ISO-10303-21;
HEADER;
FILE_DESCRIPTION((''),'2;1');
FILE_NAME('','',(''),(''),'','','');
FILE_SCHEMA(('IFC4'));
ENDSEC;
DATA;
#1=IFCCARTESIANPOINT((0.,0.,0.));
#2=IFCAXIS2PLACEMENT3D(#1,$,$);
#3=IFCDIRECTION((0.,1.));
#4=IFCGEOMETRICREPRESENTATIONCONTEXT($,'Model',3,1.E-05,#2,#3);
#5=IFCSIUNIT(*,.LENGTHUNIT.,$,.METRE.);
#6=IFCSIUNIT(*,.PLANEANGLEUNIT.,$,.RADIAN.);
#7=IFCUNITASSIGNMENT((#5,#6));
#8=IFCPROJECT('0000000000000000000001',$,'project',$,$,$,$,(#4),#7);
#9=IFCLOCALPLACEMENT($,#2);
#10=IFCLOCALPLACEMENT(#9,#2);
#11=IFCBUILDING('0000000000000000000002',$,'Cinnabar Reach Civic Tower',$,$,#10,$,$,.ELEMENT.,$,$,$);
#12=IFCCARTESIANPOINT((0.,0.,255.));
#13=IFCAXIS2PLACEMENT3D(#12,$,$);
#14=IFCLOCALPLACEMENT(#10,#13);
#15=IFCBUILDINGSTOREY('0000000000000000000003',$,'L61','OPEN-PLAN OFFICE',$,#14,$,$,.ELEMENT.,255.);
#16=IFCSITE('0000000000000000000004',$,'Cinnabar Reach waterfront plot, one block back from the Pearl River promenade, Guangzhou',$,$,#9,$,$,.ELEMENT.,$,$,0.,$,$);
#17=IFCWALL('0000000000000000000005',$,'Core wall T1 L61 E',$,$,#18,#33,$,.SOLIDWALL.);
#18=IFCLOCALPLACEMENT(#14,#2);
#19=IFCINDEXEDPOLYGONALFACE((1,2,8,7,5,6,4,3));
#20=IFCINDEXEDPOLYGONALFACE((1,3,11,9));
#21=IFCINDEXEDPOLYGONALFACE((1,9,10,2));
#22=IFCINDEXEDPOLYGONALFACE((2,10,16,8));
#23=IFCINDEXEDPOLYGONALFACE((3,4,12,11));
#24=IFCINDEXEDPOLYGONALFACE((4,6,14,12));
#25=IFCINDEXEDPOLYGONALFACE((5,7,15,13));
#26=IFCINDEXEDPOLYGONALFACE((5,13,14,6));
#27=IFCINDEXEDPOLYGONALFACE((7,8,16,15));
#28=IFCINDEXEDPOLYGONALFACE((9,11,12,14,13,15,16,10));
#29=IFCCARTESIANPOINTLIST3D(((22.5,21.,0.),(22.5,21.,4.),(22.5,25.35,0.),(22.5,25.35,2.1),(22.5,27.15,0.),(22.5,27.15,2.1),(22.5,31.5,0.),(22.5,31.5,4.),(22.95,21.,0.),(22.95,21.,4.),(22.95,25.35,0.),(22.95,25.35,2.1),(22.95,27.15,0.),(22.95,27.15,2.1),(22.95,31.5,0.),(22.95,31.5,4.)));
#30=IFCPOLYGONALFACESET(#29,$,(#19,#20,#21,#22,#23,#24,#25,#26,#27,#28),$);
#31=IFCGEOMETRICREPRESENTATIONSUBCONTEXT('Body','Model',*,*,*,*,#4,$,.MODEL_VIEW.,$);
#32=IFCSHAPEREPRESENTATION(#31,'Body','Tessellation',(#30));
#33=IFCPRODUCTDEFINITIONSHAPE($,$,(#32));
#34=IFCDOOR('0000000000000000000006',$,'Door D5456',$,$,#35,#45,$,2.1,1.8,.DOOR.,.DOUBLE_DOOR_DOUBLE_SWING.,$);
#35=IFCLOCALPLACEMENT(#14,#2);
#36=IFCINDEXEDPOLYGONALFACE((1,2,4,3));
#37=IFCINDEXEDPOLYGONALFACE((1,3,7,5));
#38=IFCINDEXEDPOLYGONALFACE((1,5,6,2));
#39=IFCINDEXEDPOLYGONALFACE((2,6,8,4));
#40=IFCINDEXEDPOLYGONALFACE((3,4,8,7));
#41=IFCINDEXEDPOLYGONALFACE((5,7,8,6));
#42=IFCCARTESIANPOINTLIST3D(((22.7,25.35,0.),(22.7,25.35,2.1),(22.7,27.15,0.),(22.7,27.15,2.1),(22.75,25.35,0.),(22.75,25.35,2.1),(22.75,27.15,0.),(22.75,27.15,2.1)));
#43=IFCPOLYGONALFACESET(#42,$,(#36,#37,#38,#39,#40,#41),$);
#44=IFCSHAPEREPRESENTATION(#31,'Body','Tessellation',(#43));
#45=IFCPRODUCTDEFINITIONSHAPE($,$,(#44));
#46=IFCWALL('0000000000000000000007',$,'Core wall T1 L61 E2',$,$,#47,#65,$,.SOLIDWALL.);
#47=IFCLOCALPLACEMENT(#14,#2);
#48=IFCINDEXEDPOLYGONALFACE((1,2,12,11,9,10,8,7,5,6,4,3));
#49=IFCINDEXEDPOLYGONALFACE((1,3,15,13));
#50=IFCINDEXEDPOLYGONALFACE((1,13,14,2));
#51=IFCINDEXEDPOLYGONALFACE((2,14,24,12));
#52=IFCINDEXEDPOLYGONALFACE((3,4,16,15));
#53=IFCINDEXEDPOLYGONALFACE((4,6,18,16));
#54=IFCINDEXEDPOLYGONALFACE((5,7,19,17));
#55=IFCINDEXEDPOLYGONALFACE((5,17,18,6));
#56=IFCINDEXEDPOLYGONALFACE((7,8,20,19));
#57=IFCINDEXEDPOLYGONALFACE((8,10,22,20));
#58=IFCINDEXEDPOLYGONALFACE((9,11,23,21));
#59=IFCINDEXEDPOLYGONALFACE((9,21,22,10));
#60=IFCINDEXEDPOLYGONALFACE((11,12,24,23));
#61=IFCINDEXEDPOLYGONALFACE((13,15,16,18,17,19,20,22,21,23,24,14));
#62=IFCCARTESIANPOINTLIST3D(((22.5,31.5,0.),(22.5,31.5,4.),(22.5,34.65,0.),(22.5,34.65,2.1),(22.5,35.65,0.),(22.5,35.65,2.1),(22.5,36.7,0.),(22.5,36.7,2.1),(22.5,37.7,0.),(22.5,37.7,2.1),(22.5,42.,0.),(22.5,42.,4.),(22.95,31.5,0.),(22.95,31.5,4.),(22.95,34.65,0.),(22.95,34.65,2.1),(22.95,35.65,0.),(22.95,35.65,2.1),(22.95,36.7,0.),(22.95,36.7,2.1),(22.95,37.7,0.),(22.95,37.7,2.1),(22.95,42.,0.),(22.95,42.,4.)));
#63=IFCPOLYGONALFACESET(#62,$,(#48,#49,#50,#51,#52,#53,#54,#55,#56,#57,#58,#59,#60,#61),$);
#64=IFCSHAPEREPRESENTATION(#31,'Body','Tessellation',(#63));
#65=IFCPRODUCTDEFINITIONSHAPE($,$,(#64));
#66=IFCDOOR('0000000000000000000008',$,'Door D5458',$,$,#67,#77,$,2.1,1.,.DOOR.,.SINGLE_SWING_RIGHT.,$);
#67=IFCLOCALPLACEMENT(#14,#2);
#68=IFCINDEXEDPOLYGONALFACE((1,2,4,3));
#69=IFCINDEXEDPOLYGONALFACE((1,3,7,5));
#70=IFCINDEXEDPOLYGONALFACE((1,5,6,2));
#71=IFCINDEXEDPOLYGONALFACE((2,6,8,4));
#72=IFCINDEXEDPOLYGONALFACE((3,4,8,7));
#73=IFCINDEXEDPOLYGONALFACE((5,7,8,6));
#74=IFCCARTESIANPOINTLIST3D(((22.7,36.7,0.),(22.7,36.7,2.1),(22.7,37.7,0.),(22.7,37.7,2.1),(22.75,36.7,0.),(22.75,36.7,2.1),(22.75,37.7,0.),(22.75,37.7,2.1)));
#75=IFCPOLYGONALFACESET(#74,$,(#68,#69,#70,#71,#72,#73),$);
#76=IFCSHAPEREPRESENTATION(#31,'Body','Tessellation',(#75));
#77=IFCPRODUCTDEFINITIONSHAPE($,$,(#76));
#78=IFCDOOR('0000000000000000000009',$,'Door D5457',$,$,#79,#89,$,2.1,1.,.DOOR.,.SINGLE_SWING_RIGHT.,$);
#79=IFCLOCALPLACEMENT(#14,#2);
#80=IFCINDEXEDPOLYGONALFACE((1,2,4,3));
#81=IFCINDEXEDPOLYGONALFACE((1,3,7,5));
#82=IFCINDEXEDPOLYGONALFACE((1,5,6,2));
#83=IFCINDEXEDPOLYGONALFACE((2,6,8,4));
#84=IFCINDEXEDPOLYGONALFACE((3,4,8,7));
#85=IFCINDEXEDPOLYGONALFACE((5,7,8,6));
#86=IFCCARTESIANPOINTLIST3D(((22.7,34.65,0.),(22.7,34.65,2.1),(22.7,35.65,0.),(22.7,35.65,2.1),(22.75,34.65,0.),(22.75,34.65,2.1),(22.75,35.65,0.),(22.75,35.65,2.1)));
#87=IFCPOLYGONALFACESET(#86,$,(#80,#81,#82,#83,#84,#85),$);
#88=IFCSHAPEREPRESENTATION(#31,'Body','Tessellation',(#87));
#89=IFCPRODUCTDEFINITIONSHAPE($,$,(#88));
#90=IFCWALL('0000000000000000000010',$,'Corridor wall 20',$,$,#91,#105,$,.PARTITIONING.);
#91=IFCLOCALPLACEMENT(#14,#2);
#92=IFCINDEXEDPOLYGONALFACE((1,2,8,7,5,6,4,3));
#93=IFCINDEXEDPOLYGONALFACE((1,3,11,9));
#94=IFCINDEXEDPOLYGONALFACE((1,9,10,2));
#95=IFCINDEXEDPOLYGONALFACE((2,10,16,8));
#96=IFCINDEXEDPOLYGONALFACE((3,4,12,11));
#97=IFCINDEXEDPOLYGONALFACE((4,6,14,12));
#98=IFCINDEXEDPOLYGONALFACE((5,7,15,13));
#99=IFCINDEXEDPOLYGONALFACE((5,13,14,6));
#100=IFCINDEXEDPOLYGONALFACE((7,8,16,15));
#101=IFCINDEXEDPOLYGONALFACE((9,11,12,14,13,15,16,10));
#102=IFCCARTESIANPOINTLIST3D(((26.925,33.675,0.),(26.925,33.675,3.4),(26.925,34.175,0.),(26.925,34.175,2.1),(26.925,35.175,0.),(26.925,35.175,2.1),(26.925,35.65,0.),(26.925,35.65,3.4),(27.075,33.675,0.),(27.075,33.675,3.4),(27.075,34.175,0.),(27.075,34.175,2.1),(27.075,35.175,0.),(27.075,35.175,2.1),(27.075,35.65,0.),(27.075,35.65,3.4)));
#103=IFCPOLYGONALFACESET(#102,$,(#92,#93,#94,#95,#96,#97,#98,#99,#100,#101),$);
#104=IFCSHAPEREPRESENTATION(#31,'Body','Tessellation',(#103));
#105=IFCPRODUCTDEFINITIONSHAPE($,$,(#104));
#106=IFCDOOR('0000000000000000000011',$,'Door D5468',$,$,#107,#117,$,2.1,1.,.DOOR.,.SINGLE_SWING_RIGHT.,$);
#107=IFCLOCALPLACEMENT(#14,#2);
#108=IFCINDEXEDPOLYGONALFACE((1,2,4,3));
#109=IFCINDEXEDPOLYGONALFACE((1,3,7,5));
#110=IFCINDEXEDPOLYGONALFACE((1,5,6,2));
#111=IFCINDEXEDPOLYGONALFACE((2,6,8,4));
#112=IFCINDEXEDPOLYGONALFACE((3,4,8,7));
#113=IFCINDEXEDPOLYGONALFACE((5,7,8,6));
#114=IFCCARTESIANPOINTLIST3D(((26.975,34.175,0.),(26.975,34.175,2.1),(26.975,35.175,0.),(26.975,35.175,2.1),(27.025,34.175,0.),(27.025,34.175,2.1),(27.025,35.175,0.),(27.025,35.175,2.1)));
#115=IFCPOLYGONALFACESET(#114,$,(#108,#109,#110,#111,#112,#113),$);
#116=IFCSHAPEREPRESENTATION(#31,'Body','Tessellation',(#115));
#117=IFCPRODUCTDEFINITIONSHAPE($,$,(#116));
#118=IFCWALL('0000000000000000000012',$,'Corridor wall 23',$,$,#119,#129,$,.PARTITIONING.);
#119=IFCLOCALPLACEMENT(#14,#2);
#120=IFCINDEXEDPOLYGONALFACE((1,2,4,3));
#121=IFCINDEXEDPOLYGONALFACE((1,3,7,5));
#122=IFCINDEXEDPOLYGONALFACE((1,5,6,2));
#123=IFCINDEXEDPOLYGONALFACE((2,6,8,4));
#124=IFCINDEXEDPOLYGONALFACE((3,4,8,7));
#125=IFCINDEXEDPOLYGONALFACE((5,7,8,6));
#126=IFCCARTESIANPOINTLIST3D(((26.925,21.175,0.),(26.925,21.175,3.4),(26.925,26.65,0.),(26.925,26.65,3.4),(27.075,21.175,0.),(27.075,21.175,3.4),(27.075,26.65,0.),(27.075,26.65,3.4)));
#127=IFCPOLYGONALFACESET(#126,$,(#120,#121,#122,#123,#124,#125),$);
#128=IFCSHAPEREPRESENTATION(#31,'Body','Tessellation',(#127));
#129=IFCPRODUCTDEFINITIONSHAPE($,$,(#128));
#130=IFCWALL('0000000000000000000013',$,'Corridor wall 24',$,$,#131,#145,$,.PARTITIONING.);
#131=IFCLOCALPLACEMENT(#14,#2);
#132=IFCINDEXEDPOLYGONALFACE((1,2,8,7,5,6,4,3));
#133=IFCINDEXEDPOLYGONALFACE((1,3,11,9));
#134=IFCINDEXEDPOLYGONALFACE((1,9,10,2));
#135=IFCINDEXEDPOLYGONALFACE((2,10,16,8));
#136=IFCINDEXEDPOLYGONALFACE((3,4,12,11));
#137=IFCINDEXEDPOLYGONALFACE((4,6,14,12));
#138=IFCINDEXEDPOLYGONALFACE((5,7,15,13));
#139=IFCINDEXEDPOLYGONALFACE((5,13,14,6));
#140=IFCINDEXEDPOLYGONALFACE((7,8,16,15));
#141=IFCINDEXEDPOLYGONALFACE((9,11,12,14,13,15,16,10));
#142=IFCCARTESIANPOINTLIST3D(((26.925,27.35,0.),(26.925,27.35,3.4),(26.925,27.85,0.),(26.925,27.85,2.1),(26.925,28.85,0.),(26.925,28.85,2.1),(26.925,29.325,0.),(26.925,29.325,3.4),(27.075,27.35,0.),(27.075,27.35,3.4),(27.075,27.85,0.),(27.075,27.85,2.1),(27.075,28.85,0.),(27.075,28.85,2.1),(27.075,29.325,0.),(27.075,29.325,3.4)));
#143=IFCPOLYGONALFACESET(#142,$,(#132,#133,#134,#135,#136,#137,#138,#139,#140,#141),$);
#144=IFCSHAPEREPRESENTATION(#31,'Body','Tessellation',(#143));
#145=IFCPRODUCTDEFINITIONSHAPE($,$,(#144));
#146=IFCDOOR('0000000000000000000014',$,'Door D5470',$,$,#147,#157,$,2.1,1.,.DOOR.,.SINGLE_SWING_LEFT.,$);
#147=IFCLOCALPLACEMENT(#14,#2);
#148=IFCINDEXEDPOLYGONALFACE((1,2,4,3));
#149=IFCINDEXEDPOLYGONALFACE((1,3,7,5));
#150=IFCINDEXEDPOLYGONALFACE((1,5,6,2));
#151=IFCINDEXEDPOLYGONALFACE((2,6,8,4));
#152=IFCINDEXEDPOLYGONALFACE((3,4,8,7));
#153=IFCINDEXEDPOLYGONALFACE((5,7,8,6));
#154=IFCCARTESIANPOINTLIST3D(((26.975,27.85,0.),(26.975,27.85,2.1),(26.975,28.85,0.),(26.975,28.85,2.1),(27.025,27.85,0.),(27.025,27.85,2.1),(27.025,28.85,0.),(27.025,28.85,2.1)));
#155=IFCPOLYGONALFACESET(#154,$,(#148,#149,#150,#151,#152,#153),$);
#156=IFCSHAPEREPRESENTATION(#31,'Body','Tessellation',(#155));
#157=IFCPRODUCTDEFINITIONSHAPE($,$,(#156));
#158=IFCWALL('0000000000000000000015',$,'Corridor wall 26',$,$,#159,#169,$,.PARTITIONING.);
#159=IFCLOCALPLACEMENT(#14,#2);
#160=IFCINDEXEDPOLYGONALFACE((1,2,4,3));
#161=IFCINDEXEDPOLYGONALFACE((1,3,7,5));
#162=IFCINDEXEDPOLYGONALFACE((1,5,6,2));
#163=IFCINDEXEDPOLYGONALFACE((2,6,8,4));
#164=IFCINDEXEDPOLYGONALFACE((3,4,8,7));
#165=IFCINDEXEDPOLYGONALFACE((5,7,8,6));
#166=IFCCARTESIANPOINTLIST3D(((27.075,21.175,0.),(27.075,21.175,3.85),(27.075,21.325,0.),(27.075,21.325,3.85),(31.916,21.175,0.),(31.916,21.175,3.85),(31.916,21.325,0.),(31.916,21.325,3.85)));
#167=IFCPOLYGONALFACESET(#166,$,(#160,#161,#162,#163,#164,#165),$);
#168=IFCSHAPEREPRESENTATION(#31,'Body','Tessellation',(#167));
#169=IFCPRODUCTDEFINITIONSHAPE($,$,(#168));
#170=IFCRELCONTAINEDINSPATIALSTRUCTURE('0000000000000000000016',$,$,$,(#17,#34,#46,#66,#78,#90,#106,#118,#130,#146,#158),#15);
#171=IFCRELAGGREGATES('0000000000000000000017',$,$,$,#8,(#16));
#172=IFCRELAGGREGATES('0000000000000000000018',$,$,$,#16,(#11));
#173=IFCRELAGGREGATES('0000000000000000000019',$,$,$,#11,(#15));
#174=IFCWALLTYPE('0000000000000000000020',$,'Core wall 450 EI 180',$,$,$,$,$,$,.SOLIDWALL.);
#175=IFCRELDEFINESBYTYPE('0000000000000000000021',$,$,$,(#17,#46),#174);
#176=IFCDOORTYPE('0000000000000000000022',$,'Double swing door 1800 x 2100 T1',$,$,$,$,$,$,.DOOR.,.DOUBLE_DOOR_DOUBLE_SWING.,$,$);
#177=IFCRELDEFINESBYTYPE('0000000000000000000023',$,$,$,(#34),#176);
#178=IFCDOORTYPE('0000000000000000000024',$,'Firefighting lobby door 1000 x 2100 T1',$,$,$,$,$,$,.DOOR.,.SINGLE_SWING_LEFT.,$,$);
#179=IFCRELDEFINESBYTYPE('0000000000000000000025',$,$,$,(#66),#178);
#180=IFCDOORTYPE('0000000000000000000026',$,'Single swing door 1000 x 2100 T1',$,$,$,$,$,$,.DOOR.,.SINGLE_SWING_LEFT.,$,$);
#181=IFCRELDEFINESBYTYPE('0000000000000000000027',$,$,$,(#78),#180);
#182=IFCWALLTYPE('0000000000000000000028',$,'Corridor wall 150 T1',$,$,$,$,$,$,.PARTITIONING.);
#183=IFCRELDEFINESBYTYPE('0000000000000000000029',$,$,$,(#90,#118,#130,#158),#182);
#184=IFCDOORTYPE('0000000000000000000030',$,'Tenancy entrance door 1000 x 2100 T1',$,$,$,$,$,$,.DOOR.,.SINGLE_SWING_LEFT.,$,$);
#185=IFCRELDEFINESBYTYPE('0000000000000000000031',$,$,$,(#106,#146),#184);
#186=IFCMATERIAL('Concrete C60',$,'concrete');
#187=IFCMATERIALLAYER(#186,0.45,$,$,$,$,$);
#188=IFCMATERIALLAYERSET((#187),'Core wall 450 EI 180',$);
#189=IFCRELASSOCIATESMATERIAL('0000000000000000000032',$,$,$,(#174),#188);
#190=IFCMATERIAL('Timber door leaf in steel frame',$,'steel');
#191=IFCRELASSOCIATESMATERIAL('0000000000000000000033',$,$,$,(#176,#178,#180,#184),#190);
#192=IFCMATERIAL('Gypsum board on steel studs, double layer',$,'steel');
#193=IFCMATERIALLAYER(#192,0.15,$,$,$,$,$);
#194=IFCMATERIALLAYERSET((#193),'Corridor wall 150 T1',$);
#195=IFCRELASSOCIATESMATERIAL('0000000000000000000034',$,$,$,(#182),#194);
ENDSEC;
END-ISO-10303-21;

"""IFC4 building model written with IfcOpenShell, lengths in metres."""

from ifc_helpers import new_model, si_unit, direction, frame, frame_2d, origin, place, context, subcontext, project, spatial, rectangle, extrude, material, layer, layer_set, type_object, element, fill, save


model = new_model("IFC4")

# Units and contexts
model_context = context("Model", 3, precision=1e-05, world=origin(), true_north=direction((0.0, 1.0)))
body_context = subcontext(model_context, "Body", "Model", "MODEL_VIEW")
ifc_project = project(units=[si_unit("LENGTHUNIT", "METRE"), si_unit("PLANEANGLEUNIT", "RADIAN")], contexts=[model_context])

# Site, building, storey
site_placement = place(None, origin())
site = spatial("IfcSite", under=ifc_project, at=site_placement, Name="Cinnabar Reach waterfront plot, one block back from the Pearl River promenade, Guangzhou", CompositionType="ELEMENT", RefElevation=0.0)
building_placement = place(site_placement, origin())
building = spatial("IfcBuilding", under=site, at=building_placement, Name="Cinnabar Reach Civic Tower", CompositionType="ELEMENT")
storey_placement = place(building_placement, frame((0.0, 0.0, 255.0)))
storey = spatial("IfcBuildingStorey", under=building, at=storey_placement, Name="L61", Description="OPEN-PLAN OFFICE", CompositionType="ELEMENT", Elevation=255.0)

# Shared definitions
ifc_material_1 = material(Name="Concrete C60", Category="concrete")

# Wall, opening, door
ifc_layer_1 = layer(ifc_material_1, 0.45)
ifc_layer_set_1 = layer_set([ifc_layer_1], Name="Core wall 450 EI 180")
wall_type_1 = type_object("IfcWallType", Name="Core wall 450 EI 180", PredefinedType="SOLIDWALL", material=ifc_layer_set_1)
wall_1_placement = place(storey_placement, frame((22.725, 21.0, 0.0), z_axis=(0.0, 0.0, 1.0), x_axis=(0.0, 1.0, 0.0)))
wall_1 = element("IfcWall", 1, at=wall_1_placement, inside=storey, type_object=wall_type_1, Name="Core wall T1 L61 E", PredefinedType="SOLIDWALL", context=body_context, shape_type="SweptSolid", body=[
    extrude(rectangle(XDim=10.5, YDim=0.45, at=frame_2d((5.25, 0.0))), origin(), (0.0, 0.0, 1.0), 4.0),
])
opening_1_placement = place(wall_1_placement, frame((4.35, 0.0, 0.0)))
opening_1 = element("IfcOpeningElement", 2, at=opening_1_placement, cuts=wall_1, PredefinedType="OPENING", context=body_context, shape_type="SweptSolid", body=[
    extrude(rectangle(XDim=1.8, YDim=2.1, at=frame_2d((0.9, 1.05))), frame((0.0, 0.235, 0.0), z_axis=(0.0, -1.0, 0.0), x_axis=(1.0, 0.0, 0.0)), (0.0, 0.0, 1.0), 0.47),
])
ifc_material_2 = material(Name="Timber door leaf in steel frame", Category="steel")
door_type_1 = type_object("IfcDoorType", Name="Double swing door 1800 x 2100 T1", OperationType="DOUBLE_DOOR_DOUBLE_SWING", PredefinedType="DOOR", material=ifc_material_2)
door_1_placement = place(opening_1_placement, origin())
door_1 = element("IfcDoor", 3, at=door_1_placement, inside=storey, type_object=door_type_1, Name="Door D5456", OperationType="DOUBLE_DOOR_DOUBLE_SWING", OverallHeight=2.1, OverallWidth=1.8, PredefinedType="DOOR", context=body_context, shape_type="SweptSolid", body=[
    extrude(rectangle(XDim=1.8, YDim=2.1, at=frame_2d((0.9, 1.05))), frame((0.0, 0.025, 0.0), z_axis=(0.0, -1.0, 0.0), x_axis=(1.0, 0.0, 0.0)), (0.0, 0.0, 1.0), 0.05),
])
fill(opening_1, door_1)

# Wall, openings, doors
wall_2_placement = place(storey_placement, frame((22.725, 31.5, 0.0), z_axis=(0.0, 0.0, 1.0), x_axis=(0.0, 1.0, 0.0)))
wall_2 = element("IfcWall", 4, at=wall_2_placement, inside=storey, type_object=wall_type_1, Name="Core wall T1 L61 E2", PredefinedType="SOLIDWALL", context=body_context, shape_type="SweptSolid", body=[
    extrude(rectangle(XDim=10.5, YDim=0.45, at=frame_2d((5.25, 0.0))), origin(), (0.0, 0.0, 1.0), 4.0),
])
opening_2_placement = place(wall_2_placement, frame((3.15, 0.0, 0.0)))
opening_2 = element("IfcOpeningElement", 5, at=opening_2_placement, cuts=wall_2, PredefinedType="OPENING", context=body_context, shape_type="SweptSolid", body=[
    extrude(rectangle(XDim=1.0, YDim=2.1, at=frame_2d((0.5, 1.05))), frame((0.0, 0.235, 0.0), z_axis=(0.0, -1.0, 0.0), x_axis=(1.0, 0.0, 0.0)), (0.0, 0.0, 1.0), 0.47),
])
opening_3_placement = place(wall_2_placement, frame((5.2, 0.0, 0.0)))
opening_3 = element("IfcOpeningElement", 6, at=opening_3_placement, cuts=wall_2, PredefinedType="OPENING", context=body_context, shape_type="SweptSolid", body=[
    extrude(rectangle(XDim=1.0, YDim=2.1, at=frame_2d((0.5, 1.05))), frame((0.0, 0.235, 0.0), z_axis=(0.0, -1.0, 0.0), x_axis=(1.0, 0.0, 0.0)), (0.0, 0.0, 1.0), 0.47),
])
door_type_2 = type_object("IfcDoorType", Name="Firefighting lobby door 1000 x 2100 T1", OperationType="SINGLE_SWING_LEFT", PredefinedType="DOOR", material=ifc_material_2)
door_2_placement = place(opening_3_placement, origin())
door_2 = element("IfcDoor", 7, at=door_2_placement, inside=storey, type_object=door_type_2, Name="Door D5458", OperationType="SINGLE_SWING_RIGHT", OverallHeight=2.1, OverallWidth=1.0, PredefinedType="DOOR", context=body_context, shape_type="SweptSolid", body=[
    extrude(rectangle(XDim=1.0, YDim=2.1, at=frame_2d((0.5, 1.05))), frame((0.0, 0.025, 0.0), z_axis=(0.0, -1.0, 0.0), x_axis=(1.0, 0.0, 0.0)), (0.0, 0.0, 1.0), 0.05),
])
fill(opening_3, door_2)
door_type_3 = type_object("IfcDoorType", Name="Single swing door 1000 x 2100 T1", OperationType="SINGLE_SWING_LEFT", PredefinedType="DOOR", material=ifc_material_2)
door_3_placement = place(opening_2_placement, origin())
door_3 = element("IfcDoor", 8, at=door_3_placement, inside=storey, type_object=door_type_3, Name="Door D5457", OperationType="SINGLE_SWING_RIGHT", OverallHeight=2.1, OverallWidth=1.0, PredefinedType="DOOR", context=body_context, shape_type="SweptSolid", body=[
    extrude(rectangle(XDim=1.0, YDim=2.1, at=frame_2d((0.5, 1.05))), frame((0.0, 0.025, 0.0), z_axis=(0.0, -1.0, 0.0), x_axis=(1.0, 0.0, 0.0)), (0.0, 0.0, 1.0), 0.05),
])
fill(opening_2, door_3)

# Wall, opening, door
ifc_material_3 = material(Name="Gypsum board on steel studs, double layer", Category="steel")
ifc_layer_2 = layer(ifc_material_3, 0.15)
ifc_layer_set_2 = layer_set([ifc_layer_2], Name="Corridor wall 150 T1")
wall_type_2 = type_object("IfcWallType", Name="Corridor wall 150 T1", PredefinedType="PARTITIONING", material=ifc_layer_set_2)
wall_3_placement = place(storey_placement, frame((27.0, 33.675, 0.0), z_axis=(0.0, 0.0, 1.0), x_axis=(0.0, 1.0, 0.0)))
wall_3 = element("IfcWall", 9, at=wall_3_placement, inside=storey, type_object=wall_type_2, Name="Corridor wall 20", PredefinedType="PARTITIONING", context=body_context, shape_type="SweptSolid", body=[
    extrude(rectangle(XDim=1.975, YDim=0.15, at=frame_2d((0.9875, 0.0))), origin(), (0.0, 0.0, 1.0), 3.4),
])
opening_4_placement = place(wall_3_placement, frame((0.5, 0.0, 0.0)))
opening_4 = element("IfcOpeningElement", 10, at=opening_4_placement, cuts=wall_3, PredefinedType="OPENING", context=body_context, shape_type="SweptSolid", body=[
    extrude(rectangle(XDim=1.0, YDim=2.1, at=frame_2d((0.5, 1.05))), frame((0.0, 0.085, 0.0), z_axis=(0.0, -1.0, 0.0), x_axis=(1.0, 0.0, 0.0)), (0.0, 0.0, 1.0), 0.17),
])
door_type_4 = type_object("IfcDoorType", Name="Tenancy entrance door 1000 x 2100 T1", OperationType="SINGLE_SWING_LEFT", PredefinedType="DOOR", material=ifc_material_2)
door_4_placement = place(opening_4_placement, frame((1.0, 0.0, 0.0), z_axis=(0.0, 0.0, 1.0), x_axis=(-1.0, 0.0, 0.0)))
door_4 = element("IfcDoor", 11, at=door_4_placement, inside=storey, type_object=door_type_4, Name="Door D5468", OperationType="SINGLE_SWING_RIGHT", OverallHeight=2.1, OverallWidth=1.0, PredefinedType="DOOR", context=body_context, shape_type="SweptSolid", body=[
    extrude(rectangle(XDim=1.0, YDim=2.1, at=frame_2d((0.5, 1.05))), frame((0.0, 0.025, 0.0), z_axis=(0.0, -1.0, 0.0), x_axis=(1.0, 0.0, 0.0)), (0.0, 0.0, 1.0), 0.05),
])
fill(opening_4, door_4)

# Wall
wall_4_placement = place(storey_placement, frame((27.0, 21.175, 0.0), z_axis=(0.0, 0.0, 1.0), x_axis=(0.0, 1.0, 0.0)))
element("IfcWall", 12, at=wall_4_placement, inside=storey, type_object=wall_type_2, Name="Corridor wall 23", PredefinedType="PARTITIONING", context=body_context, shape_type="SweptSolid", body=[
    extrude(rectangle(XDim=5.475, YDim=0.15, at=frame_2d((2.7375, 0.0))), origin(), (0.0, 0.0, 1.0), 3.4),
])

# Wall, opening, door
wall_5_placement = place(storey_placement, frame((27.0, 27.35, 0.0), z_axis=(0.0, 0.0, 1.0), x_axis=(0.0, 1.0, 0.0)))
wall_5 = element("IfcWall", 13, at=wall_5_placement, inside=storey, type_object=wall_type_2, Name="Corridor wall 24", PredefinedType="PARTITIONING", context=body_context, shape_type="SweptSolid", body=[
    extrude(rectangle(XDim=1.975, YDim=0.15, at=frame_2d((0.9875, 0.0))), origin(), (0.0, 0.0, 1.0), 3.4),
])
opening_5_placement = place(wall_5_placement, frame((0.5, 0.0, 0.0)))
opening_5 = element("IfcOpeningElement", 14, at=opening_5_placement, cuts=wall_5, PredefinedType="OPENING", context=body_context, shape_type="SweptSolid", body=[
    extrude(rectangle(XDim=1.0, YDim=2.1, at=frame_2d((0.5, 1.05))), frame((0.0, 0.085, 0.0), z_axis=(0.0, -1.0, 0.0), x_axis=(1.0, 0.0, 0.0)), (0.0, 0.0, 1.0), 0.17),
])
door_5_placement = place(opening_5_placement, frame((1.0, 0.0, 0.0), z_axis=(0.0, 0.0, 1.0), x_axis=(-1.0, 0.0, 0.0)))
door_5 = element("IfcDoor", 15, at=door_5_placement, inside=storey, type_object=door_type_4, Name="Door D5470", OperationType="SINGLE_SWING_LEFT", OverallHeight=2.1, OverallWidth=1.0, PredefinedType="DOOR", context=body_context, shape_type="SweptSolid", body=[
    extrude(rectangle(XDim=1.0, YDim=2.1, at=frame_2d((0.5, 1.05))), frame((0.0, 0.025, 0.0), z_axis=(0.0, -1.0, 0.0), x_axis=(1.0, 0.0, 0.0)), (0.0, 0.0, 1.0), 0.05),
])
fill(opening_5, door_5)

# Wall
wall_6_placement = place(storey_placement, frame((27.075, 21.25, 0.0), z_axis=(0.0, 0.0, 1.0), x_axis=(1.0, 0.0, 0.0)))
element("IfcWall", 16, at=wall_6_placement, inside=storey, type_object=wall_type_2, Name="Corridor wall 26", PredefinedType="PARTITIONING", context=body_context, shape_type="SweptSolid", body=[
    extrude(rectangle(XDim=4.841, YDim=0.15, at=frame_2d((2.4205, 0.0))), origin(), (0.0, 0.0, 1.0), 3.85),
])

save(model, "model.ifc")
